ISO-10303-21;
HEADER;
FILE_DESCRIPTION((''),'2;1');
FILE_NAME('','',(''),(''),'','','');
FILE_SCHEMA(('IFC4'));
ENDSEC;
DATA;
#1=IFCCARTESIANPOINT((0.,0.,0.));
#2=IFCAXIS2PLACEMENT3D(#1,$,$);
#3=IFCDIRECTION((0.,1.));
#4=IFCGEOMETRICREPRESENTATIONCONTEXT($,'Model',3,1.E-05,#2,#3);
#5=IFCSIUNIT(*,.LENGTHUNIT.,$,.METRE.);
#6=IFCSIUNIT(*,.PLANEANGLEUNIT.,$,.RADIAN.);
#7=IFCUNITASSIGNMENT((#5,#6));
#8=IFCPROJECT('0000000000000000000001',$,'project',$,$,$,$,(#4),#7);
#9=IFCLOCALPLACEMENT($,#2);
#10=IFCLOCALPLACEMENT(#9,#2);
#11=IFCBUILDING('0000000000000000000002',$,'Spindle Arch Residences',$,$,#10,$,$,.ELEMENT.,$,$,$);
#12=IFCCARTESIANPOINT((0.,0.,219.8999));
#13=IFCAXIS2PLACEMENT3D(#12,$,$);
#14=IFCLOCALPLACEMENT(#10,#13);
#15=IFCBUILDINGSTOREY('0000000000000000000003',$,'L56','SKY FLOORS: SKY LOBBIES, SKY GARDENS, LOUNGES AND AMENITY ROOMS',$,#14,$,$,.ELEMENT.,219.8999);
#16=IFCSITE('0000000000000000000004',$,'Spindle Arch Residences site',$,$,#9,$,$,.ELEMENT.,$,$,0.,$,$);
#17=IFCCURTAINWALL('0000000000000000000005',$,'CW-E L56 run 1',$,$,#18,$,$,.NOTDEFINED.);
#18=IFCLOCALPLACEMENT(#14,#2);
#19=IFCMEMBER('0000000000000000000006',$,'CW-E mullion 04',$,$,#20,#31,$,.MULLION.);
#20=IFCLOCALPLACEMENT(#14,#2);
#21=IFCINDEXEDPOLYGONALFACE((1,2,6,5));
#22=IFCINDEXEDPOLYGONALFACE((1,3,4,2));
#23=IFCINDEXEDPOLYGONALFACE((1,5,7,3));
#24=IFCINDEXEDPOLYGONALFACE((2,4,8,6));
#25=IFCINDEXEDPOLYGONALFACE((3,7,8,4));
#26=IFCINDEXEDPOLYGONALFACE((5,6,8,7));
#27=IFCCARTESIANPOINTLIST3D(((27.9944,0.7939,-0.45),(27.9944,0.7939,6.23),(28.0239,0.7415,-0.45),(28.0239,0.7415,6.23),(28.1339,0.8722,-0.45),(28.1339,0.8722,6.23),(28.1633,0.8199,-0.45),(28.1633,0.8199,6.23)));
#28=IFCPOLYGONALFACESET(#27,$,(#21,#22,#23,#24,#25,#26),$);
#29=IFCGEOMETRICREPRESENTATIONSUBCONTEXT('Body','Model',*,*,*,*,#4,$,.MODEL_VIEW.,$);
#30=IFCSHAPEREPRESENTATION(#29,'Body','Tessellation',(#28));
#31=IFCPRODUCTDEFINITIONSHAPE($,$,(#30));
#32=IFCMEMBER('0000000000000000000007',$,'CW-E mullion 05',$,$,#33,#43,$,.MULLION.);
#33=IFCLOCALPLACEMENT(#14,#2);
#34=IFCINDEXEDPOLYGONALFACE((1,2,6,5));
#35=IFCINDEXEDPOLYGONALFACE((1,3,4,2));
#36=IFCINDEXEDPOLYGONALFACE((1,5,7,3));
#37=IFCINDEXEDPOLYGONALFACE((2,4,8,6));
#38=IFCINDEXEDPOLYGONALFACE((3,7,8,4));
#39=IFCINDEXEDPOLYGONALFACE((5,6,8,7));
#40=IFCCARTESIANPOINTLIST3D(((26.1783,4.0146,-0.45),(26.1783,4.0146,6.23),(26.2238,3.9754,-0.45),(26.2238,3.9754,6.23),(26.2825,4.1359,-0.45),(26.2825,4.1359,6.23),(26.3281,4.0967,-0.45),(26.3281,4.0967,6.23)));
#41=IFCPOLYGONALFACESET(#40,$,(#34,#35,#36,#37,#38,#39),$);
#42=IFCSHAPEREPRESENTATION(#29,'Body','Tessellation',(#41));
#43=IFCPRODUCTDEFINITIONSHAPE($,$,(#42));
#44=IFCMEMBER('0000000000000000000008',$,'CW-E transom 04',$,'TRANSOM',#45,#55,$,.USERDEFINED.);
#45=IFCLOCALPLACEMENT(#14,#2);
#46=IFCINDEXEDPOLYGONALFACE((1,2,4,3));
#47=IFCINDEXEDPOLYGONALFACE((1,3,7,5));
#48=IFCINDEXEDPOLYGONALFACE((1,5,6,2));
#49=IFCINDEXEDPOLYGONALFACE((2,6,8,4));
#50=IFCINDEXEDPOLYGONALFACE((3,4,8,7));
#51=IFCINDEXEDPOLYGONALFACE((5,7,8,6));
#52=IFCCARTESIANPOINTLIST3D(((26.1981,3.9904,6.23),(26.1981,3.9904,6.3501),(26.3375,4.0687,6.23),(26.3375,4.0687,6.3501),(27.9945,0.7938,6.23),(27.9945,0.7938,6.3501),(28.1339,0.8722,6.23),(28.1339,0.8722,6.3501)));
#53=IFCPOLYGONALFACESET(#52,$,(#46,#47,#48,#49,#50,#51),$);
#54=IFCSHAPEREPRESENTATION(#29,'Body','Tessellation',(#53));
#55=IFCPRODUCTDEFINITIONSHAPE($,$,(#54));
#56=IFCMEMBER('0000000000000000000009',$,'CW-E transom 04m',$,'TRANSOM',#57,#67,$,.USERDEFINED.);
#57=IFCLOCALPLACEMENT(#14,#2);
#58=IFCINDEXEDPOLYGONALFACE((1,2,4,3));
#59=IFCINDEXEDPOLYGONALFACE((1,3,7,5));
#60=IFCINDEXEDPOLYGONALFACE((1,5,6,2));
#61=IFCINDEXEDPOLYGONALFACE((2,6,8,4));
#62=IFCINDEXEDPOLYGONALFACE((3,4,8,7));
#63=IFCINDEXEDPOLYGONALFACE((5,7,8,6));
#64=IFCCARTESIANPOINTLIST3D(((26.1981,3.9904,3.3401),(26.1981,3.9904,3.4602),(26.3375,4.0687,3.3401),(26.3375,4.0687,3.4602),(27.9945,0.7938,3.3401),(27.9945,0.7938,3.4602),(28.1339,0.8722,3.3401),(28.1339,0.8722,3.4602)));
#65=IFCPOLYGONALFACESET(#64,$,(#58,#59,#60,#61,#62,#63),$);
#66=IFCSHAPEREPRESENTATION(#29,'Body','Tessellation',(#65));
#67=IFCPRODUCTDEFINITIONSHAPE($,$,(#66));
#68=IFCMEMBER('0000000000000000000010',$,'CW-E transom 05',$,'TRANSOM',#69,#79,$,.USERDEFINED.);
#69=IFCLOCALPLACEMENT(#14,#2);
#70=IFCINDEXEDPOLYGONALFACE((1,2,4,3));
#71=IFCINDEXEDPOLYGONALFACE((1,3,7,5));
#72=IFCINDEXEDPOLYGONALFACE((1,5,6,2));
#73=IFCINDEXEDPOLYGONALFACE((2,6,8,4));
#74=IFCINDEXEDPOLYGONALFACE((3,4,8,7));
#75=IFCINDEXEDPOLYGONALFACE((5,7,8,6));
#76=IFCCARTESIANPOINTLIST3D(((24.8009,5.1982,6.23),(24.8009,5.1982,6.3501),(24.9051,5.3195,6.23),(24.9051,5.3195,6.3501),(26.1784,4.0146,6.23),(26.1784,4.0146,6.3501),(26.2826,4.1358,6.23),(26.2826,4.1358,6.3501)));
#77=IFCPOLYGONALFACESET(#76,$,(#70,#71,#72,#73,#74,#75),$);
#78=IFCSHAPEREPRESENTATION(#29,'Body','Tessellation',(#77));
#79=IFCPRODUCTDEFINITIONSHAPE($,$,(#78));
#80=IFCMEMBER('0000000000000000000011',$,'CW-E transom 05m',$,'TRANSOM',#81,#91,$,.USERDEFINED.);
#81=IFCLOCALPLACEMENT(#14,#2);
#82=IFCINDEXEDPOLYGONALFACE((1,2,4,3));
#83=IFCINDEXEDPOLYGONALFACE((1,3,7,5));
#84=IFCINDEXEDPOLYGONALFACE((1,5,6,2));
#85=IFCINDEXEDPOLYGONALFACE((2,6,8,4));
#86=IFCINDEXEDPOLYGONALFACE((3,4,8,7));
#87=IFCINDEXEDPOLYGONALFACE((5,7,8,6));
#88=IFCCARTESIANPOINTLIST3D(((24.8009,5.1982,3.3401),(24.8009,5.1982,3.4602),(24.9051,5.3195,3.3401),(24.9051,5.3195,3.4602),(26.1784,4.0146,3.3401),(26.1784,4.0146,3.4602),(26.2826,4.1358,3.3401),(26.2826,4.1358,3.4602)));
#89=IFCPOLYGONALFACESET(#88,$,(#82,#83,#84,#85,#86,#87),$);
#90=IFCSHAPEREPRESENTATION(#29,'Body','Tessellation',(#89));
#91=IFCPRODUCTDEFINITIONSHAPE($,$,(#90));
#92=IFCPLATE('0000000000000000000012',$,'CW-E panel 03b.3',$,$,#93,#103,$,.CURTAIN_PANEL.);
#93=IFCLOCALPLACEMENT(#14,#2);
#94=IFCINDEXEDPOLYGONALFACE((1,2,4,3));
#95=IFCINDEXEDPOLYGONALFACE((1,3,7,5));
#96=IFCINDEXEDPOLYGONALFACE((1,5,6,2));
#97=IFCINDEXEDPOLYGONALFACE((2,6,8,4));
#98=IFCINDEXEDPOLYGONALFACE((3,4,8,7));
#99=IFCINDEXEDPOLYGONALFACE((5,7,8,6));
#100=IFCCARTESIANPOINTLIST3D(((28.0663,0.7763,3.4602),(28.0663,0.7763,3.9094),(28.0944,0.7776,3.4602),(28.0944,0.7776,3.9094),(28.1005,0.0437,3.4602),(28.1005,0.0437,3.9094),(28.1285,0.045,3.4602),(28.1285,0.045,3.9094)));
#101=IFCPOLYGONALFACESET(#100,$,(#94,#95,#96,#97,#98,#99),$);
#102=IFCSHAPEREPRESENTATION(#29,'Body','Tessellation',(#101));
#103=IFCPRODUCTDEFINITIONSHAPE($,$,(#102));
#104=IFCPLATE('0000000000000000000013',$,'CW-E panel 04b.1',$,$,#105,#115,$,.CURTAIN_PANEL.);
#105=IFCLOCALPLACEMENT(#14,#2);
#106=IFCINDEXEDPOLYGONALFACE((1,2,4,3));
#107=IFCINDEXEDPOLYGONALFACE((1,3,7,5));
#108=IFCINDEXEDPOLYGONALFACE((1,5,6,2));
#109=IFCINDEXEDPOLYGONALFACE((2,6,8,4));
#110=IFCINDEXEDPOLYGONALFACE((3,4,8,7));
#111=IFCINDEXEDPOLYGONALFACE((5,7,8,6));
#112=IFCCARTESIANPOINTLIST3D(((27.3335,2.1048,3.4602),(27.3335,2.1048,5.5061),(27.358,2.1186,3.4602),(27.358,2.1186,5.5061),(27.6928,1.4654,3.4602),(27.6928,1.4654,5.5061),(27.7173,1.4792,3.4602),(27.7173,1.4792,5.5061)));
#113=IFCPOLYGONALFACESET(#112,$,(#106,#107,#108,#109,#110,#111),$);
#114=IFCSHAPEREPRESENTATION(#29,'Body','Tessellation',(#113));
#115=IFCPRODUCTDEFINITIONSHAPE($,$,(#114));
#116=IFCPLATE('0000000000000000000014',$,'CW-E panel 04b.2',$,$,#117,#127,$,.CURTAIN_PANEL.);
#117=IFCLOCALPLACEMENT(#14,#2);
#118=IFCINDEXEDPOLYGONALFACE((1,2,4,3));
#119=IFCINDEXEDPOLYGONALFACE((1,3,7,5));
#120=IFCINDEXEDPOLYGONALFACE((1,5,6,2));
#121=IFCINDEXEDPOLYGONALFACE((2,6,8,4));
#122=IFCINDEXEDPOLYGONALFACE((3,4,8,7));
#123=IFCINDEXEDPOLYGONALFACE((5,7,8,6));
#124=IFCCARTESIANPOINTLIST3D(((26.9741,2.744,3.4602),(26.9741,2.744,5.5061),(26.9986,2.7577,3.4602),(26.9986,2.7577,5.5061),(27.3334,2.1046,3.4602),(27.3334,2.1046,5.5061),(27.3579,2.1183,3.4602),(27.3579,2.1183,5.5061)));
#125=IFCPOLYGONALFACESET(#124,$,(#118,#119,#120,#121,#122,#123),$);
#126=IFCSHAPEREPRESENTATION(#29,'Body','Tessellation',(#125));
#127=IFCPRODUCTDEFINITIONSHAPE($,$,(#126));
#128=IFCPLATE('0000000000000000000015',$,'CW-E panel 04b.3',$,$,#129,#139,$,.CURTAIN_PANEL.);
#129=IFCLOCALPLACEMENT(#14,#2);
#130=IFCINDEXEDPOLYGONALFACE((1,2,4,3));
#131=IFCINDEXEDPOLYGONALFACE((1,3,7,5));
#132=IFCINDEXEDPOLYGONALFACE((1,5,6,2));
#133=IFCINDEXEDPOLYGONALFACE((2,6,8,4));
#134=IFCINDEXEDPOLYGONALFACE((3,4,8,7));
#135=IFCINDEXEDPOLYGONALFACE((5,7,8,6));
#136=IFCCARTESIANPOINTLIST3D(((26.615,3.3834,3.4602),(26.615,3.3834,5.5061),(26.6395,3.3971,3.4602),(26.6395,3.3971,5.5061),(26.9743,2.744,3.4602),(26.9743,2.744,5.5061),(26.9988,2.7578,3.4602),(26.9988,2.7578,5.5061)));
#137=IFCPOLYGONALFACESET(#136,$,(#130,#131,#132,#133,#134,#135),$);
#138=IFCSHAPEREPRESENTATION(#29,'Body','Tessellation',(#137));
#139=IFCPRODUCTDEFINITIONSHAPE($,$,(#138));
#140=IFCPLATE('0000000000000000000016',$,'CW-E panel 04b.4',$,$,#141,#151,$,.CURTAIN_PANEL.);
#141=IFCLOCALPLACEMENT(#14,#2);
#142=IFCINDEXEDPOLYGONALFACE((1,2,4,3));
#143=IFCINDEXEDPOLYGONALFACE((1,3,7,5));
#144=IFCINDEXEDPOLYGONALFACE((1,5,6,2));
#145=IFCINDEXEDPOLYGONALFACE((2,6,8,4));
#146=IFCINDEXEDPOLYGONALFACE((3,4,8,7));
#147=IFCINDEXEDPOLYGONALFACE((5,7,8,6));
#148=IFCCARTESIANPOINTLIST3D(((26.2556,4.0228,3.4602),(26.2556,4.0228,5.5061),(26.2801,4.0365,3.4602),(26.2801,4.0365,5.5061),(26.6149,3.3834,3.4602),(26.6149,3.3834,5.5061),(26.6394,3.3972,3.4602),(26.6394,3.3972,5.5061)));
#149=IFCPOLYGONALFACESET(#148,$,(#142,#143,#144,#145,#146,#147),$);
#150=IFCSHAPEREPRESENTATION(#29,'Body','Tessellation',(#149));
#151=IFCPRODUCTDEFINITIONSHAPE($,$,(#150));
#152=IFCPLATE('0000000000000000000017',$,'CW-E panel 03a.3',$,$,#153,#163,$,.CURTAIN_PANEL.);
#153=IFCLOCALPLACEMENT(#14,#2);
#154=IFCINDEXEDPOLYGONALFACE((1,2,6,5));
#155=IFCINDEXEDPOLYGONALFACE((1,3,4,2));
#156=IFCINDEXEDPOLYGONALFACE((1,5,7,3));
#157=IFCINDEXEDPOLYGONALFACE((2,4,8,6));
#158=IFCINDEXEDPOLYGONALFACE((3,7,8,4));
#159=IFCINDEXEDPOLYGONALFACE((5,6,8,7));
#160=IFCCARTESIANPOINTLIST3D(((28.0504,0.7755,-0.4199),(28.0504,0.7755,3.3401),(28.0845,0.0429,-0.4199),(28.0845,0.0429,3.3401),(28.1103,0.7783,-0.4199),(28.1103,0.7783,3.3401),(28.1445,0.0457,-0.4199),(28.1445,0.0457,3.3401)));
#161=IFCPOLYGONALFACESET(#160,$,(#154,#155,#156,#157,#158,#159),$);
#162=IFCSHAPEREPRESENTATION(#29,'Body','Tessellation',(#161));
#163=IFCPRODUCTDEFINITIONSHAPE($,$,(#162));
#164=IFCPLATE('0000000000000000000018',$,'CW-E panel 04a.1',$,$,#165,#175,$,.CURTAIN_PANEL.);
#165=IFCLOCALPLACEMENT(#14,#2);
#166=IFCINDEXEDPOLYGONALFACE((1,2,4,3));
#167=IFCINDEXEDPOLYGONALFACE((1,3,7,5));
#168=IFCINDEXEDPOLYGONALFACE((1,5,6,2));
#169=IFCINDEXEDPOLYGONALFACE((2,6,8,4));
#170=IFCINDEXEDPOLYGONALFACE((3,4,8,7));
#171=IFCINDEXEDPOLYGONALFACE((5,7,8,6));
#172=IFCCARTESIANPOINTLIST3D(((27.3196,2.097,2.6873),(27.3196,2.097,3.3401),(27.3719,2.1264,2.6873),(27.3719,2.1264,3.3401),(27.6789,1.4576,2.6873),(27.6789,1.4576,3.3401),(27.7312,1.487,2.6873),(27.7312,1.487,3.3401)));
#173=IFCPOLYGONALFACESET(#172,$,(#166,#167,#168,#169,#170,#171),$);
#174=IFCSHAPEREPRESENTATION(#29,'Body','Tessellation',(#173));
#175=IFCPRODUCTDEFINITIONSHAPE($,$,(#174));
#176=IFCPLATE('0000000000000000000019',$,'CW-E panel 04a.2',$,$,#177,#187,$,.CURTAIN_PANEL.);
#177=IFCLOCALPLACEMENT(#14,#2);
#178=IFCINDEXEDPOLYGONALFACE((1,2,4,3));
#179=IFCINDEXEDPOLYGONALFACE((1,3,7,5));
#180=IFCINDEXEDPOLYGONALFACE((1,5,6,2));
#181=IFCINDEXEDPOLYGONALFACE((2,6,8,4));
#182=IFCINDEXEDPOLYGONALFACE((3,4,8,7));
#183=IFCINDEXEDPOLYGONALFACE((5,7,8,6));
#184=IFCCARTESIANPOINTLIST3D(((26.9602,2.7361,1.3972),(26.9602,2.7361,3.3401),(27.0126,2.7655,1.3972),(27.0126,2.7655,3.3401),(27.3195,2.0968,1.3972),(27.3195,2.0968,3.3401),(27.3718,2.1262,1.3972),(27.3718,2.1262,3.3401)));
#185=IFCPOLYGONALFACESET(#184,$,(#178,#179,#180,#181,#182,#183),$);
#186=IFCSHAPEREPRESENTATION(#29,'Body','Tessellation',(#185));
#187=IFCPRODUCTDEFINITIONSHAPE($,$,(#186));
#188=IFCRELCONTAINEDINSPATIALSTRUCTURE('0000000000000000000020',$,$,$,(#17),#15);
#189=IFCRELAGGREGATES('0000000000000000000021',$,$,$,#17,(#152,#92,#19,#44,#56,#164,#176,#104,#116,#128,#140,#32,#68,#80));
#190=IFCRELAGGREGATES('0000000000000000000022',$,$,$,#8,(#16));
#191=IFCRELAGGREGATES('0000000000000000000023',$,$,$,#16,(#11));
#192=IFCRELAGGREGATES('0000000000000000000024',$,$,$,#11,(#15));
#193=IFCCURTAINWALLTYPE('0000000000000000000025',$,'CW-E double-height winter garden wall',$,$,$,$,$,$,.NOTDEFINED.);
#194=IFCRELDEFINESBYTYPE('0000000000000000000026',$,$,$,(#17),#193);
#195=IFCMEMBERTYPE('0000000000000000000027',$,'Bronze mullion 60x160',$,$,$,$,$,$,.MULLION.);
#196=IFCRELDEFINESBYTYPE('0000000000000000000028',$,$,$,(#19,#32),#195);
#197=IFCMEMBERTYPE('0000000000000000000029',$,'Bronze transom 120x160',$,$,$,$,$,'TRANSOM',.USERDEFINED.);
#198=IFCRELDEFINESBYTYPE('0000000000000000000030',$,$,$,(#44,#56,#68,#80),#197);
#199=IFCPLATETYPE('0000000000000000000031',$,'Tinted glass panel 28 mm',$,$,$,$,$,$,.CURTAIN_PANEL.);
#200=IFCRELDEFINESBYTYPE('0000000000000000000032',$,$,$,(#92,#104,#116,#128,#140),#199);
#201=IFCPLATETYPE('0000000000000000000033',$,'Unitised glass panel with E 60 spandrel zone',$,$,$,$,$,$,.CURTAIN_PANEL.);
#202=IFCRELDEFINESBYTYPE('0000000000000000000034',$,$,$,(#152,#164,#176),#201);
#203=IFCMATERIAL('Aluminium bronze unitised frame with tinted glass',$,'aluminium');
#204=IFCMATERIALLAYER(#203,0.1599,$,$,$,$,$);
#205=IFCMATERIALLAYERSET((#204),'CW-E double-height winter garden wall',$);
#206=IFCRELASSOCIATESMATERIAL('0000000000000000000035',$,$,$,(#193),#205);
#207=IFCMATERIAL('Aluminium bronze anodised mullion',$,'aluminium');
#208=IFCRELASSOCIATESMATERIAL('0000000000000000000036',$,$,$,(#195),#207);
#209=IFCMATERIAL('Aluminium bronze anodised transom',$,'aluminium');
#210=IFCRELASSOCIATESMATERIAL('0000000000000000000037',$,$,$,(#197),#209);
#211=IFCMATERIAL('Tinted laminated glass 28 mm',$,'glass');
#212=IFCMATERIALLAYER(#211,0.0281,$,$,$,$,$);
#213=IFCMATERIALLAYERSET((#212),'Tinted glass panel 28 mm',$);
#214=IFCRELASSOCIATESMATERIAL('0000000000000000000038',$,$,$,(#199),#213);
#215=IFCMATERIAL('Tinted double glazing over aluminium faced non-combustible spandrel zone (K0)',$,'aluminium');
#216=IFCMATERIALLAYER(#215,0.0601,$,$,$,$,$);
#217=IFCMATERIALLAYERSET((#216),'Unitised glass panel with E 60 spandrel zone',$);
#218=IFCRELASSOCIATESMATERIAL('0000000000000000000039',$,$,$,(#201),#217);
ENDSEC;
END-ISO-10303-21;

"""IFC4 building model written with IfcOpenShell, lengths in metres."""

from ifc_helpers import new_model, si_unit, direction, frame, origin, origin_2d, place, context, subcontext, project, spatial, rectangle, extrude, material, layer, layer_set, material_profile, profile_set, type_object, element, aggregate, save


model = new_model("IFC4")

# Units and contexts
model_context = context("Model", 3, precision=1e-05, world=origin(), true_north=direction((0.0, 1.0)))
body_context = subcontext(model_context, "Body", "Model", "MODEL_VIEW")
ifc_project = project(units=[si_unit("LENGTHUNIT", "METRE"), si_unit("PLANEANGLEUNIT", "RADIAN")], contexts=[model_context])

# Site, building, storey
site_placement = place(None, origin())
site = spatial("IfcSite", under=ifc_project, at=site_placement, Name="Spindle Arch Residences site", CompositionType="ELEMENT", RefElevation=0.0)
building_placement = place(site_placement, origin())
building = spatial("IfcBuilding", under=site, at=building_placement, Name="Spindle Arch Residences", CompositionType="ELEMENT")
storey_placement = place(building_placement, frame((0.0, 0.0, 219.8999)))
storey = spatial("IfcBuildingStorey", under=building, at=storey_placement, Name="L56", Description="SKY FLOORS: SKY LOBBIES, SKY GARDENS, LOUNGES AND AMENITY ROOMS", CompositionType="ELEMENT", Elevation=219.8999)

# Curtain wall, members, plates
ifc_material_1 = material(Name="Aluminium bronze unitised frame with tinted glass", Category="aluminium")
ifc_layer_1 = layer(ifc_material_1, 0.1599)
ifc_layer_set_1 = layer_set([ifc_layer_1], Name="CW-E double-height winter garden wall")
curtain_wall_type = type_object("IfcCurtainWallType", Name="CW-E double-height winter garden wall", PredefinedType="NOTDEFINED", material=ifc_layer_set_1)
curtain_wall_placement = place(storey_placement, origin())
curtain_wall = element("IfcCurtainWall", 1, at=curtain_wall_placement, inside=storey, type_object=curtain_wall_type, Name="CW-E L56 run 1", PredefinedType="NOTDEFINED")
ifc_material_2 = material(Name="Aluminium bronze anodised mullion", Category="aluminium")
ifc_material_profile_1 = material_profile(ifc_material_2, rectangle(XDim=0.1599, YDim=0.0601, at=origin_2d()), Name="MU 60x160")
ifc_profile_set_1 = profile_set([ifc_material_profile_1], Name="Aluminium bronze anodised mullion")
member_type_1 = type_object("IfcMemberType", Name="Bronze mullion 60x160", PredefinedType="MULLION", material=ifc_profile_set_1)
member_1_placement = place(storey_placement, frame((28.0789, 0.8069, -0.45), z_axis=(0.0, 0.0, 1.0), x_axis=(-0.871784, -0.48989, 0.0)))
member_1 = element("IfcMember", 2, at=member_1_placement, type_object=member_type_1, Name="CW-E mullion 04", PredefinedType="MULLION", context=body_context, shape_type="SweptSolid", body=[
    extrude(rectangle(XDim=0.1599, YDim=0.0601, at=origin_2d()), origin(), (0.0, 0.0, 1.0), 6.6799),
])
member_2_placement = place(storey_placement, frame((26.2532, 4.0557, -0.45), z_axis=(0.0, 0.0, 1.0), x_axis=(-0.651657, -0.758514, 0.0)))
member_2 = element("IfcMember", 3, at=member_2_placement, type_object=member_type_1, Name="CW-E mullion 05", PredefinedType="MULLION", context=body_context, shape_type="SweptSolid", body=[
    extrude(rectangle(XDim=0.1599, YDim=0.0601, at=origin_2d()), origin(), (0.0, 0.0, 1.0), 6.6799),
])
ifc_material_3 = material(Name="Aluminium bronze anodised transom", Category="aluminium")
ifc_material_profile_2 = material_profile(ifc_material_3, rectangle(XDim=0.1599, YDim=0.1201, at=origin_2d()), Name="TR 120x160")
ifc_profile_set_2 = profile_set([ifc_material_profile_2], Name="Aluminium bronze anodised transom")
member_type_2 = type_object("IfcMemberType", Name="Bronze transom 120x160", ElementType="TRANSOM", PredefinedType="USERDEFINED", material=ifc_profile_set_2)
member_3_placement = place(storey_placement, frame((28.0642, 0.833, 6.29), z_axis=(-0.489917, 0.871769, 0.0), x_axis=(-0.871769, -0.489917, 0.0)))
member_3 = element("IfcMember", 4, at=member_3_placement, type_object=member_type_2, Name="CW-E transom 04", ObjectType="TRANSOM", PredefinedType="USERDEFINED", context=body_context, shape_type="SweptSolid", body=[
    extrude(rectangle(XDim=0.1599, YDim=0.1201, at=origin_2d()), origin(), (0.0, 0.0, 1.0), 3.6667),
])
member_4_placement = place(storey_placement, frame((28.0642, 0.833, 3.4001), z_axis=(-0.489917, 0.871769, 0.0), x_axis=(-0.871769, -0.489917, 0.0)))
member_4 = element("IfcMember", 5, at=member_4_placement, type_object=member_type_2, Name="CW-E transom 04m", ObjectType="TRANSOM", PredefinedType="USERDEFINED", context=body_context, shape_type="SweptSolid", body=[
    extrude(rectangle(XDim=0.1599, YDim=0.1201, at=origin_2d()), origin(), (0.0, 0.0, 1.0), 3.6667),
])
member_5_placement = place(storey_placement, frame((26.2305, 4.0752, 6.29), z_axis=(-0.758459, 0.651721, 0.0), x_axis=(-0.651721, -0.758459, 0.0)))
member_5 = element("IfcMember", 6, at=member_5_placement, type_object=member_type_2, Name="CW-E transom 05", ObjectType="TRANSOM", PredefinedType="USERDEFINED", context=body_context, shape_type="SweptSolid", body=[
    extrude(rectangle(XDim=0.1599, YDim=0.1201, at=origin_2d()), origin(), (0.0, 0.0, 1.0), 1.8162),
])
member_6_placement = place(storey_placement, frame((26.2305, 4.0752, 3.4001), z_axis=(-0.758459, 0.651721, 0.0), x_axis=(-0.651721, -0.758459, 0.0)))
member_6 = element("IfcMember", 7, at=member_6_placement, type_object=member_type_2, Name="CW-E transom 05m", ObjectType="TRANSOM", PredefinedType="USERDEFINED", context=body_context, shape_type="SweptSolid", body=[
    extrude(rectangle(XDim=0.1599, YDim=0.1201, at=origin_2d()), origin(), (0.0, 0.0, 1.0), 1.8162),
])
ifc_material_4 = material(Name="Tinted laminated glass 28 mm", Category="glass")
ifc_layer_2 = layer(ifc_material_4, 0.0281)
ifc_layer_set_2 = layer_set([ifc_layer_2], Name="Tinted glass panel 28 mm")
plate_type_1 = type_object("IfcPlateType", Name="Tinted glass panel 28 mm", PredefinedType="CURTAIN_PANEL", material=ifc_layer_set_2)
plate_1_placement = place(storey_placement, frame((28.0974, 0.4106, 3.4602), z_axis=(0.0, 0.0, 1.0), x_axis=(-0.046525, 0.998917, 0.0)))
plate_1 = element("IfcPlate", 8, at=plate_1_placement, type_object=plate_type_1, Name="CW-E panel 03b.3", PredefinedType="CURTAIN_PANEL", context=body_context, shape_type="SweptSolid", body=[
    extrude(rectangle(XDim=0.7334, YDim=0.0281, at=origin_2d()), origin(), (0.0, 0.0, 1.0), 0.4492),
])
plate_2_placement = place(storey_placement, frame((27.5254, 1.792, 3.4602), z_axis=(0.0, 0.0, 1.0), x_axis=(-0.48989, 0.871784, 0.0)))
plate_2 = element("IfcPlate", 9, at=plate_2_placement, type_object=plate_type_1, Name="CW-E panel 04b.1", PredefinedType="CURTAIN_PANEL", context=body_context, shape_type="SweptSolid", body=[
    extrude(rectangle(XDim=0.7334, YDim=0.0281, at=origin_2d()), origin(), (0.0, 0.0, 1.0), 2.0459),
])
plate_3_placement = place(storey_placement, frame((27.166, 2.4312, 3.4602), z_axis=(0.0, 0.0, 1.0), x_axis=(-0.48989, 0.871784, 0.0)))
plate_3 = element("IfcPlate", 10, at=plate_3_placement, type_object=plate_type_1, Name="CW-E panel 04b.2", PredefinedType="CURTAIN_PANEL", context=body_context, shape_type="SweptSolid", body=[
    extrude(rectangle(XDim=0.7334, YDim=0.0281, at=origin_2d()), origin(), (0.0, 0.0, 1.0), 2.0459),
])
plate_4_placement = place(storey_placement, frame((26.8069, 3.0706, 3.4602), z_axis=(0.0, 0.0, 1.0), x_axis=(-0.48989, 0.871784, 0.0)))
plate_4 = element("IfcPlate", 11, at=plate_4_placement, type_object=plate_type_1, Name="CW-E panel 04b.3", PredefinedType="CURTAIN_PANEL", context=body_context, shape_type="SweptSolid", body=[
    extrude(rectangle(XDim=0.7334, YDim=0.0281, at=origin_2d()), origin(), (0.0, 0.0, 1.0), 2.0459),
])
plate_5_placement = place(storey_placement, frame((26.4475, 3.71, 3.4602), z_axis=(0.0, 0.0, 1.0), x_axis=(-0.48989, 0.871784, 0.0)))
plate_5 = element("IfcPlate", 12, at=plate_5_placement, type_object=plate_type_1, Name="CW-E panel 04b.4", PredefinedType="CURTAIN_PANEL", context=body_context, shape_type="SweptSolid", body=[
    extrude(rectangle(XDim=0.7334, YDim=0.0281, at=origin_2d()), origin(), (0.0, 0.0, 1.0), 2.0459),
])
ifc_material_5 = material(Name="Tinted double glazing over aluminium faced non-combustible spandrel zone (K0)", Category="aluminium")
ifc_layer_3 = layer(ifc_material_5, 0.0601)
ifc_layer_set_3 = layer_set([ifc_layer_3], Name="Unitised glass panel with E 60 spandrel zone")
plate_type_2 = type_object("IfcPlateType", Name="Unitised glass panel with E 60 spandrel zone", PredefinedType="CURTAIN_PANEL", material=ifc_layer_set_3)
plate_6_placement = place(storey_placement, frame((28.0974, 0.4106, -0.4199), z_axis=(0.0, 0.0, 1.0), x_axis=(-0.046525, 0.998917, 0.0)))
plate_6 = element("IfcPlate", 13, at=plate_6_placement, type_object=plate_type_2, Name="CW-E panel 03a.3", PredefinedType="CURTAIN_PANEL", context=body_context, shape_type="SweptSolid", body=[
    extrude(rectangle(XDim=0.7334, YDim=0.0601, at=origin_2d()), origin(), (0.0, 0.0, 1.0), 3.76),
])
plate_7_placement = place(storey_placement, frame((27.5254, 1.792, 2.6873), z_axis=(0.0, 0.0, 1.0), x_axis=(-0.48989, 0.871784, 0.0)))
plate_7 = element("IfcPlate", 14, at=plate_7_placement, type_object=plate_type_2, Name="CW-E panel 04a.1", PredefinedType="CURTAIN_PANEL", context=body_context, shape_type="SweptSolid", body=[
    extrude(rectangle(XDim=0.7334, YDim=0.0601, at=origin_2d()), origin(), (0.0, 0.0, 1.0), 0.6528),
])
plate_8_placement = place(storey_placement, frame((27.166, 2.4312, 1.3972), z_axis=(0.0, 0.0, 1.0), x_axis=(-0.48989, 0.871784, 0.0)))
plate_8 = element("IfcPlate", 15, at=plate_8_placement, type_object=plate_type_2, Name="CW-E panel 04a.2", PredefinedType="CURTAIN_PANEL", context=body_context, shape_type="SweptSolid", body=[
    extrude(rectangle(XDim=0.7334, YDim=0.0601, at=origin_2d()), origin(), (0.0, 0.0, 1.0), 1.9429),
])
aggregate(curtain_wall, [plate_6, plate_1, member_1, member_3, member_4, plate_7, plate_8, plate_2, plate_3, plate_4, plate_5, member_2, member_5, member_6])

save(model, "model.ifc")
